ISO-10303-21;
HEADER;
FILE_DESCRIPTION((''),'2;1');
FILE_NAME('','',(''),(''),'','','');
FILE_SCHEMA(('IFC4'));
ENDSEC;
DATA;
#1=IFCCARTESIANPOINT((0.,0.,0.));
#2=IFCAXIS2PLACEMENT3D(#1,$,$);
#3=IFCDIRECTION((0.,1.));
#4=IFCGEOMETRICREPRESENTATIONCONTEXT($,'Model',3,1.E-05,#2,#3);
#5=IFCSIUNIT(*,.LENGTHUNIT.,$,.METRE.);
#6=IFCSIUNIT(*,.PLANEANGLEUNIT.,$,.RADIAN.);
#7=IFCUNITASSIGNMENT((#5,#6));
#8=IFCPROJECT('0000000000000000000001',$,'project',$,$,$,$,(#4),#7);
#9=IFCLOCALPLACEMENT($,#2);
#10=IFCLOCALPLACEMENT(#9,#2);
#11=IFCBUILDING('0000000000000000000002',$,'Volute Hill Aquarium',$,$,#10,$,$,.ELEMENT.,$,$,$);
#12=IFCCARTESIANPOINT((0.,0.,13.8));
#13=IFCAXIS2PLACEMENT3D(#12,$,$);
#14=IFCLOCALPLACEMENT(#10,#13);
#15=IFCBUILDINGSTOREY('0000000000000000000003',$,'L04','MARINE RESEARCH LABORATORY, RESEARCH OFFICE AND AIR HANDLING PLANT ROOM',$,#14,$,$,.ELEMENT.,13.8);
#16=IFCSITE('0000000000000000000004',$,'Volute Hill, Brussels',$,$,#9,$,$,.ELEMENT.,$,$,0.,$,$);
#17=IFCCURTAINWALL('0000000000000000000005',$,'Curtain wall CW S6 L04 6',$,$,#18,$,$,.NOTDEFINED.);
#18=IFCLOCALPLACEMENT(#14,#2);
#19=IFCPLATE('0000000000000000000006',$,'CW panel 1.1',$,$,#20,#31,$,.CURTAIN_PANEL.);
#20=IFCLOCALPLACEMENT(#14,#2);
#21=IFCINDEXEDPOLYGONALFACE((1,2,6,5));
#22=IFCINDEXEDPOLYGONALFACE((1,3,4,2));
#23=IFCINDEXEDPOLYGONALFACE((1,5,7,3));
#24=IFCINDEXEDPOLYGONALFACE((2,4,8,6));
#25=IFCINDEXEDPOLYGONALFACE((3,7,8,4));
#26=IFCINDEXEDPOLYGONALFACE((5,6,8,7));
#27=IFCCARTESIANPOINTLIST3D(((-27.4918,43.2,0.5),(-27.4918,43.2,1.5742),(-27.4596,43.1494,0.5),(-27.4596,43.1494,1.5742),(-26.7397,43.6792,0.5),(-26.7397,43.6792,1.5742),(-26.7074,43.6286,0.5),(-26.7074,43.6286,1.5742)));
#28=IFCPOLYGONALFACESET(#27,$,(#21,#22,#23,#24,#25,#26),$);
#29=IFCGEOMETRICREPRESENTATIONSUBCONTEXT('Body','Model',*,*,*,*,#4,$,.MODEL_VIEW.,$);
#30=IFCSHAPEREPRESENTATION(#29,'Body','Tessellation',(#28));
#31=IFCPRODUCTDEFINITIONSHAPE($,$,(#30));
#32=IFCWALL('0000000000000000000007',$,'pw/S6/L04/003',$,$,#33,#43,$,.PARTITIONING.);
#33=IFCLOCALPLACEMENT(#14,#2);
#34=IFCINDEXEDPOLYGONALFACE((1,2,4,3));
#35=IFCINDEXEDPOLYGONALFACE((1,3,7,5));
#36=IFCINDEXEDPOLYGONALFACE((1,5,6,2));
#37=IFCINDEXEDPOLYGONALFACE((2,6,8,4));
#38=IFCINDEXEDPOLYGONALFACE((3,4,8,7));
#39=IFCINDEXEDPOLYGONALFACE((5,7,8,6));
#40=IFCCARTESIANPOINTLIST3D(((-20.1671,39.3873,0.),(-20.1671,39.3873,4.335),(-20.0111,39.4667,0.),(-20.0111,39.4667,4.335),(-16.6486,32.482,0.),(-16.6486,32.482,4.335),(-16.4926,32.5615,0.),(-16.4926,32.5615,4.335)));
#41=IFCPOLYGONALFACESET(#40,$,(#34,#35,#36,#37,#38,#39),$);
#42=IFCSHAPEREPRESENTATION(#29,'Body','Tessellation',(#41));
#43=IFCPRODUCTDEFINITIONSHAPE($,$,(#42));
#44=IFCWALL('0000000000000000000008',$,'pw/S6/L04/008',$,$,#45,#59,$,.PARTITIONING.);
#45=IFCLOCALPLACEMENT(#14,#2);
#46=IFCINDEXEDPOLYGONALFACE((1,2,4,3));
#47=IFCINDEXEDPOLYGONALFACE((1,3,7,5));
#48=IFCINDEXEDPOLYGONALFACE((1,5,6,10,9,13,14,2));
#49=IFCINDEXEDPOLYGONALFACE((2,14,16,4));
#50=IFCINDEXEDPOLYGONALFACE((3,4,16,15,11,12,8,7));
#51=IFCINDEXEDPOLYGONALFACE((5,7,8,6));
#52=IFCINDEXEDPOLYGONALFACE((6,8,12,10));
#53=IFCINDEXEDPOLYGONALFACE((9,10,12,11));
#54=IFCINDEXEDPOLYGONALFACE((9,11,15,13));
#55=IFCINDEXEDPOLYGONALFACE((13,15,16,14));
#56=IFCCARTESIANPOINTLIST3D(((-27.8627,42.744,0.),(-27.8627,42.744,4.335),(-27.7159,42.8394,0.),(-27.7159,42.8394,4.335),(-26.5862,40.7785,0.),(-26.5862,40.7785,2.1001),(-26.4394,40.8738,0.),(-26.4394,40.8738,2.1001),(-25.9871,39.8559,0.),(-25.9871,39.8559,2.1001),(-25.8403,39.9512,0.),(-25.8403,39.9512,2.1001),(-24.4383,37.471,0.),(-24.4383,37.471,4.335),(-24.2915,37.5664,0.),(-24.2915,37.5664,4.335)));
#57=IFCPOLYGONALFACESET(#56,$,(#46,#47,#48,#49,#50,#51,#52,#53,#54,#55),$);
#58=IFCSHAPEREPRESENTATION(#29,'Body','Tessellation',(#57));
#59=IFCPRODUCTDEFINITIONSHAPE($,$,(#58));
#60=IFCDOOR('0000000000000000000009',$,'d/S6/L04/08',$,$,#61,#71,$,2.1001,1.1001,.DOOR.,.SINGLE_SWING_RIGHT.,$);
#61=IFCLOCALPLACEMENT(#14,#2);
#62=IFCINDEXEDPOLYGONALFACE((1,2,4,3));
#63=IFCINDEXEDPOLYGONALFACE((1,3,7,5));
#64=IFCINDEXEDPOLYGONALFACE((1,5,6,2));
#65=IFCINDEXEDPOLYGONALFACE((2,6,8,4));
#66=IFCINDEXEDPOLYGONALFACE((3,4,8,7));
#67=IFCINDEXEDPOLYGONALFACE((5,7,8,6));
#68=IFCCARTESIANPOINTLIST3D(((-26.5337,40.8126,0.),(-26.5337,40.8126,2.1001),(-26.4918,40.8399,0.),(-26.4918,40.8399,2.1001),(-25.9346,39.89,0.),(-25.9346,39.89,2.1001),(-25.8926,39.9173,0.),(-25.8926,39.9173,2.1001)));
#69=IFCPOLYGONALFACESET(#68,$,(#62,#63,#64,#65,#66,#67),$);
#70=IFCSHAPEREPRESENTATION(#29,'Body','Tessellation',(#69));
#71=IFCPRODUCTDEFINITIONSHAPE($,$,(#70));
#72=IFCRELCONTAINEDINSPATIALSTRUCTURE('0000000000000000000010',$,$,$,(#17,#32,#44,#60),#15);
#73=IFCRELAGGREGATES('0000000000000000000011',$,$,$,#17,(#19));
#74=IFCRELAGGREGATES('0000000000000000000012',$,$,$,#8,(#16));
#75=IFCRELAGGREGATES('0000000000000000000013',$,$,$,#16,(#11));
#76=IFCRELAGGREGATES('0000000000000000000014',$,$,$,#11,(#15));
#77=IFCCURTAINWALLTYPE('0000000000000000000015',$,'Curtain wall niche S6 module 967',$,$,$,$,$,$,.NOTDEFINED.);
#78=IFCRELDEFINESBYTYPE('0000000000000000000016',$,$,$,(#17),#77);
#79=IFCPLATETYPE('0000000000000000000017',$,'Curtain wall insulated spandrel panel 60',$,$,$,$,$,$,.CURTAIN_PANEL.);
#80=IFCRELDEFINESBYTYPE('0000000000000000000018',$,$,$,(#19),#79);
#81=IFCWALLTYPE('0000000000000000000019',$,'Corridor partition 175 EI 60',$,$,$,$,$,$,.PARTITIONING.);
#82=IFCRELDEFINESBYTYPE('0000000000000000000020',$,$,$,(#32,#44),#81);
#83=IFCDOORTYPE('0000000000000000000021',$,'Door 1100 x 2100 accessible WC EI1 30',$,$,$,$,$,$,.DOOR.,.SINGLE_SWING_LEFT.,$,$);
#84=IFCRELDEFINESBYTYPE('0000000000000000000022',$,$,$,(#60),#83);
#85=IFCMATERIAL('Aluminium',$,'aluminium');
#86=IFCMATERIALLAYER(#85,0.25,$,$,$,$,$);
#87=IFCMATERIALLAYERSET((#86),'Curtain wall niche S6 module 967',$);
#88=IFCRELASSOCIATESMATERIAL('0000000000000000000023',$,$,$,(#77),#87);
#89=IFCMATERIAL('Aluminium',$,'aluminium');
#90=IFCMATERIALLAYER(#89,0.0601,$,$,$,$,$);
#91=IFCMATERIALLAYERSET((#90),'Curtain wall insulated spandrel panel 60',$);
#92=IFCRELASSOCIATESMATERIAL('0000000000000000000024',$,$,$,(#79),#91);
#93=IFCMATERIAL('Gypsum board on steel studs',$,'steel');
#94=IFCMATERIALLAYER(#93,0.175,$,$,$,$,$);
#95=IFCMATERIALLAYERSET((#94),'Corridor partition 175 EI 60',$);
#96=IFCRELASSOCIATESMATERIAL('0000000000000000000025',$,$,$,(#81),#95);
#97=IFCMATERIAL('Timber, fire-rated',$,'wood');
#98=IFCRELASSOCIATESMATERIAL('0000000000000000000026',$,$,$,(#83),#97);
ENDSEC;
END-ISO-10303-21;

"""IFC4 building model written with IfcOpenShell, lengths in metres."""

from ifc_helpers import new_model, si_unit, direction, frame, frame_2d, origin, origin_2d, place, context, subcontext, project, spatial, rectangle, extrude, material, layer, layer_set, type_object, element, fill, aggregate, save


model = new_model("IFC4")

# Units and contexts
model_context = context("Model", 3, precision=1e-05, world=origin(), true_north=direction((0.0, 1.0)))
body_context = subcontext(model_context, "Body", "Model", "MODEL_VIEW")
ifc_project = project(units=[si_unit("LENGTHUNIT", "METRE"), si_unit("PLANEANGLEUNIT", "RADIAN")], contexts=[model_context])

# Site, building, storey
site_placement = place(None, origin())
site = spatial("IfcSite", under=ifc_project, at=site_placement, Name="Volute Hill, Brussels", CompositionType="ELEMENT", RefElevation=0.0)
building_placement = place(site_placement, origin())
building = spatial("IfcBuilding", under=site, at=building_placement, Name="Volute Hill Aquarium", CompositionType="ELEMENT")
storey_placement = place(building_placement, frame((0.0, 0.0, 13.8)))
storey = spatial("IfcBuildingStorey", under=building, at=storey_placement, Name="L04", Description="MARINE RESEARCH LABORATORY, RESEARCH OFFICE AND AIR HANDLING PLANT ROOM", CompositionType="ELEMENT", Elevation=13.8)

# Shared definitions
ifc_material_1 = material(Name="Aluminium", Category="aluminium")
ifc_layer_1 = layer(ifc_material_1, 0.25)
ifc_layer_set_1 = layer_set([ifc_layer_1], Name="Curtain wall niche S6 module 967")
curtain_wall_type = type_object("IfcCurtainWallType", Name="Curtain wall niche S6 module 967", PredefinedType="NOTDEFINED", material=ifc_layer_set_1)

# Curtain wall
curtain_wall_1_placement = place(storey_placement, origin())
curtain_wall_1 = element("IfcCurtainWall", 1, at=curtain_wall_1_placement, inside=storey, type_object=curtain_wall_type, Name="Curtain wall CW S6 L04 6", PredefinedType="NOTDEFINED")

# Plate
ifc_material_2 = material(Name="Aluminium", Category="aluminium")
ifc_layer_2 = layer(ifc_material_2, 0.0601)
ifc_layer_set_2 = layer_set([ifc_layer_2], Name="Curtain wall insulated spandrel panel 60")
plate_type_1 = type_object("IfcPlateType", Name="Curtain wall insulated spandrel panel 60", PredefinedType="CURTAIN_PANEL", material=ifc_layer_set_2)
plate_1_placement = place(storey_placement, frame((-27.0996, 43.4143, 0.5), z_axis=(0.0, 0.0, 1.0), x_axis=(-0.843395, -0.537295, 0.0)))
plate_1 = element("IfcPlate", 2, at=plate_1_placement, type_object=plate_type_1, Name="CW panel 1.1", PredefinedType="CURTAIN_PANEL", context=body_context, shape_type="SweptSolid", body=[
    extrude(rectangle(XDim=0.8918, YDim=0.0601, at=origin_2d()), origin(), (0.0, 0.0, 1.0), 1.0742),
])
aggregate(curtain_wall_1, [plate_1])

# Wall
ifc_material_3 = material(Name="Gypsum board on steel studs", Category="steel")
ifc_layer_3 = layer(ifc_material_3, 0.175)
ifc_layer_set_3 = layer_set([ifc_layer_3], Name="Corridor partition 175 EI 60")
wall_type = type_object("IfcWallType", Name="Corridor partition 175 EI 60", PredefinedType="PARTITIONING", material=ifc_layer_set_3)
wall_1_placement = place(storey_placement, frame((-20.0891, 39.427, 0.0), z_axis=(0.0, 0.0, 1.0), x_axis=(0.454005, -0.890999, 0.0)))
element("IfcWall", 3, at=wall_1_placement, inside=storey, type_object=wall_type, Name="pw/S6/L04/003", PredefinedType="PARTITIONING", context=body_context, shape_type="SweptSolid", body=[
    extrude(rectangle(XDim=7.75, YDim=0.175, at=frame_2d((3.875, 0.0))), origin(), (0.0, 0.0, 1.0), 4.335),
])

# Wall, opening, door
wall_2_placement = place(storey_placement, frame((-24.365, 37.5188, 0.0), z_axis=(0.0, 0.0, 1.0), x_axis=(-0.544642, 0.838669, 0.0)))
wall_2 = element("IfcWall", 4, at=wall_2_placement, inside=storey, type_object=wall_type, Name="pw/S6/L04/008", PredefinedType="PARTITIONING", context=body_context, shape_type="SweptSolid", body=[
    extrude(rectangle(XDim=6.2874, YDim=0.175, at=frame_2d((3.1436, 0.0))), origin(), (0.0, 0.0, 1.0), 4.335),
])
opening_placement = place(wall_2_placement, frame((2.8435, 0.0, 0.0)))
opening = element("IfcOpeningElement", 5, at=opening_placement, cuts=wall_2, PredefinedType="OPENING", context=body_context, shape_type="SweptSolid", body=[
    extrude(rectangle(XDim=1.1001, YDim=2.1001, at=frame_2d((0.55, 1.05))), frame((0.0, 0.0974, 0.0), z_axis=(0.0, -1.0, 0.0), x_axis=(1.0, 0.0, 0.0)), (0.0, 0.0, 1.0), 0.1951),
])
ifc_material_4 = material(Name="Timber, fire-rated", Category="wood")
door_type = type_object("IfcDoorType", Name="Door 1100 x 2100 accessible WC EI1 30", OperationType="SINGLE_SWING_LEFT", PredefinedType="DOOR", material=ifc_material_4)
door_placement = place(opening_placement, origin())
door = element("IfcDoor", 6, at=door_placement, inside=storey, type_object=door_type, Name="d/S6/L04/08", OperationType="SINGLE_SWING_RIGHT", OverallHeight=2.1001, OverallWidth=1.1001, PredefinedType="DOOR", context=body_context, shape_type="SweptSolid", body=[
    extrude(rectangle(XDim=1.1001, YDim=2.1001, at=frame_2d((0.55, 1.05))), frame((0.0, 0.0249, 0.0), z_axis=(0.0, -1.0, 0.0), x_axis=(1.0, 0.0, 0.0)), (0.0, 0.0, 1.0), 0.05),
])
fill(opening, door)

save(model, "model.ifc")
